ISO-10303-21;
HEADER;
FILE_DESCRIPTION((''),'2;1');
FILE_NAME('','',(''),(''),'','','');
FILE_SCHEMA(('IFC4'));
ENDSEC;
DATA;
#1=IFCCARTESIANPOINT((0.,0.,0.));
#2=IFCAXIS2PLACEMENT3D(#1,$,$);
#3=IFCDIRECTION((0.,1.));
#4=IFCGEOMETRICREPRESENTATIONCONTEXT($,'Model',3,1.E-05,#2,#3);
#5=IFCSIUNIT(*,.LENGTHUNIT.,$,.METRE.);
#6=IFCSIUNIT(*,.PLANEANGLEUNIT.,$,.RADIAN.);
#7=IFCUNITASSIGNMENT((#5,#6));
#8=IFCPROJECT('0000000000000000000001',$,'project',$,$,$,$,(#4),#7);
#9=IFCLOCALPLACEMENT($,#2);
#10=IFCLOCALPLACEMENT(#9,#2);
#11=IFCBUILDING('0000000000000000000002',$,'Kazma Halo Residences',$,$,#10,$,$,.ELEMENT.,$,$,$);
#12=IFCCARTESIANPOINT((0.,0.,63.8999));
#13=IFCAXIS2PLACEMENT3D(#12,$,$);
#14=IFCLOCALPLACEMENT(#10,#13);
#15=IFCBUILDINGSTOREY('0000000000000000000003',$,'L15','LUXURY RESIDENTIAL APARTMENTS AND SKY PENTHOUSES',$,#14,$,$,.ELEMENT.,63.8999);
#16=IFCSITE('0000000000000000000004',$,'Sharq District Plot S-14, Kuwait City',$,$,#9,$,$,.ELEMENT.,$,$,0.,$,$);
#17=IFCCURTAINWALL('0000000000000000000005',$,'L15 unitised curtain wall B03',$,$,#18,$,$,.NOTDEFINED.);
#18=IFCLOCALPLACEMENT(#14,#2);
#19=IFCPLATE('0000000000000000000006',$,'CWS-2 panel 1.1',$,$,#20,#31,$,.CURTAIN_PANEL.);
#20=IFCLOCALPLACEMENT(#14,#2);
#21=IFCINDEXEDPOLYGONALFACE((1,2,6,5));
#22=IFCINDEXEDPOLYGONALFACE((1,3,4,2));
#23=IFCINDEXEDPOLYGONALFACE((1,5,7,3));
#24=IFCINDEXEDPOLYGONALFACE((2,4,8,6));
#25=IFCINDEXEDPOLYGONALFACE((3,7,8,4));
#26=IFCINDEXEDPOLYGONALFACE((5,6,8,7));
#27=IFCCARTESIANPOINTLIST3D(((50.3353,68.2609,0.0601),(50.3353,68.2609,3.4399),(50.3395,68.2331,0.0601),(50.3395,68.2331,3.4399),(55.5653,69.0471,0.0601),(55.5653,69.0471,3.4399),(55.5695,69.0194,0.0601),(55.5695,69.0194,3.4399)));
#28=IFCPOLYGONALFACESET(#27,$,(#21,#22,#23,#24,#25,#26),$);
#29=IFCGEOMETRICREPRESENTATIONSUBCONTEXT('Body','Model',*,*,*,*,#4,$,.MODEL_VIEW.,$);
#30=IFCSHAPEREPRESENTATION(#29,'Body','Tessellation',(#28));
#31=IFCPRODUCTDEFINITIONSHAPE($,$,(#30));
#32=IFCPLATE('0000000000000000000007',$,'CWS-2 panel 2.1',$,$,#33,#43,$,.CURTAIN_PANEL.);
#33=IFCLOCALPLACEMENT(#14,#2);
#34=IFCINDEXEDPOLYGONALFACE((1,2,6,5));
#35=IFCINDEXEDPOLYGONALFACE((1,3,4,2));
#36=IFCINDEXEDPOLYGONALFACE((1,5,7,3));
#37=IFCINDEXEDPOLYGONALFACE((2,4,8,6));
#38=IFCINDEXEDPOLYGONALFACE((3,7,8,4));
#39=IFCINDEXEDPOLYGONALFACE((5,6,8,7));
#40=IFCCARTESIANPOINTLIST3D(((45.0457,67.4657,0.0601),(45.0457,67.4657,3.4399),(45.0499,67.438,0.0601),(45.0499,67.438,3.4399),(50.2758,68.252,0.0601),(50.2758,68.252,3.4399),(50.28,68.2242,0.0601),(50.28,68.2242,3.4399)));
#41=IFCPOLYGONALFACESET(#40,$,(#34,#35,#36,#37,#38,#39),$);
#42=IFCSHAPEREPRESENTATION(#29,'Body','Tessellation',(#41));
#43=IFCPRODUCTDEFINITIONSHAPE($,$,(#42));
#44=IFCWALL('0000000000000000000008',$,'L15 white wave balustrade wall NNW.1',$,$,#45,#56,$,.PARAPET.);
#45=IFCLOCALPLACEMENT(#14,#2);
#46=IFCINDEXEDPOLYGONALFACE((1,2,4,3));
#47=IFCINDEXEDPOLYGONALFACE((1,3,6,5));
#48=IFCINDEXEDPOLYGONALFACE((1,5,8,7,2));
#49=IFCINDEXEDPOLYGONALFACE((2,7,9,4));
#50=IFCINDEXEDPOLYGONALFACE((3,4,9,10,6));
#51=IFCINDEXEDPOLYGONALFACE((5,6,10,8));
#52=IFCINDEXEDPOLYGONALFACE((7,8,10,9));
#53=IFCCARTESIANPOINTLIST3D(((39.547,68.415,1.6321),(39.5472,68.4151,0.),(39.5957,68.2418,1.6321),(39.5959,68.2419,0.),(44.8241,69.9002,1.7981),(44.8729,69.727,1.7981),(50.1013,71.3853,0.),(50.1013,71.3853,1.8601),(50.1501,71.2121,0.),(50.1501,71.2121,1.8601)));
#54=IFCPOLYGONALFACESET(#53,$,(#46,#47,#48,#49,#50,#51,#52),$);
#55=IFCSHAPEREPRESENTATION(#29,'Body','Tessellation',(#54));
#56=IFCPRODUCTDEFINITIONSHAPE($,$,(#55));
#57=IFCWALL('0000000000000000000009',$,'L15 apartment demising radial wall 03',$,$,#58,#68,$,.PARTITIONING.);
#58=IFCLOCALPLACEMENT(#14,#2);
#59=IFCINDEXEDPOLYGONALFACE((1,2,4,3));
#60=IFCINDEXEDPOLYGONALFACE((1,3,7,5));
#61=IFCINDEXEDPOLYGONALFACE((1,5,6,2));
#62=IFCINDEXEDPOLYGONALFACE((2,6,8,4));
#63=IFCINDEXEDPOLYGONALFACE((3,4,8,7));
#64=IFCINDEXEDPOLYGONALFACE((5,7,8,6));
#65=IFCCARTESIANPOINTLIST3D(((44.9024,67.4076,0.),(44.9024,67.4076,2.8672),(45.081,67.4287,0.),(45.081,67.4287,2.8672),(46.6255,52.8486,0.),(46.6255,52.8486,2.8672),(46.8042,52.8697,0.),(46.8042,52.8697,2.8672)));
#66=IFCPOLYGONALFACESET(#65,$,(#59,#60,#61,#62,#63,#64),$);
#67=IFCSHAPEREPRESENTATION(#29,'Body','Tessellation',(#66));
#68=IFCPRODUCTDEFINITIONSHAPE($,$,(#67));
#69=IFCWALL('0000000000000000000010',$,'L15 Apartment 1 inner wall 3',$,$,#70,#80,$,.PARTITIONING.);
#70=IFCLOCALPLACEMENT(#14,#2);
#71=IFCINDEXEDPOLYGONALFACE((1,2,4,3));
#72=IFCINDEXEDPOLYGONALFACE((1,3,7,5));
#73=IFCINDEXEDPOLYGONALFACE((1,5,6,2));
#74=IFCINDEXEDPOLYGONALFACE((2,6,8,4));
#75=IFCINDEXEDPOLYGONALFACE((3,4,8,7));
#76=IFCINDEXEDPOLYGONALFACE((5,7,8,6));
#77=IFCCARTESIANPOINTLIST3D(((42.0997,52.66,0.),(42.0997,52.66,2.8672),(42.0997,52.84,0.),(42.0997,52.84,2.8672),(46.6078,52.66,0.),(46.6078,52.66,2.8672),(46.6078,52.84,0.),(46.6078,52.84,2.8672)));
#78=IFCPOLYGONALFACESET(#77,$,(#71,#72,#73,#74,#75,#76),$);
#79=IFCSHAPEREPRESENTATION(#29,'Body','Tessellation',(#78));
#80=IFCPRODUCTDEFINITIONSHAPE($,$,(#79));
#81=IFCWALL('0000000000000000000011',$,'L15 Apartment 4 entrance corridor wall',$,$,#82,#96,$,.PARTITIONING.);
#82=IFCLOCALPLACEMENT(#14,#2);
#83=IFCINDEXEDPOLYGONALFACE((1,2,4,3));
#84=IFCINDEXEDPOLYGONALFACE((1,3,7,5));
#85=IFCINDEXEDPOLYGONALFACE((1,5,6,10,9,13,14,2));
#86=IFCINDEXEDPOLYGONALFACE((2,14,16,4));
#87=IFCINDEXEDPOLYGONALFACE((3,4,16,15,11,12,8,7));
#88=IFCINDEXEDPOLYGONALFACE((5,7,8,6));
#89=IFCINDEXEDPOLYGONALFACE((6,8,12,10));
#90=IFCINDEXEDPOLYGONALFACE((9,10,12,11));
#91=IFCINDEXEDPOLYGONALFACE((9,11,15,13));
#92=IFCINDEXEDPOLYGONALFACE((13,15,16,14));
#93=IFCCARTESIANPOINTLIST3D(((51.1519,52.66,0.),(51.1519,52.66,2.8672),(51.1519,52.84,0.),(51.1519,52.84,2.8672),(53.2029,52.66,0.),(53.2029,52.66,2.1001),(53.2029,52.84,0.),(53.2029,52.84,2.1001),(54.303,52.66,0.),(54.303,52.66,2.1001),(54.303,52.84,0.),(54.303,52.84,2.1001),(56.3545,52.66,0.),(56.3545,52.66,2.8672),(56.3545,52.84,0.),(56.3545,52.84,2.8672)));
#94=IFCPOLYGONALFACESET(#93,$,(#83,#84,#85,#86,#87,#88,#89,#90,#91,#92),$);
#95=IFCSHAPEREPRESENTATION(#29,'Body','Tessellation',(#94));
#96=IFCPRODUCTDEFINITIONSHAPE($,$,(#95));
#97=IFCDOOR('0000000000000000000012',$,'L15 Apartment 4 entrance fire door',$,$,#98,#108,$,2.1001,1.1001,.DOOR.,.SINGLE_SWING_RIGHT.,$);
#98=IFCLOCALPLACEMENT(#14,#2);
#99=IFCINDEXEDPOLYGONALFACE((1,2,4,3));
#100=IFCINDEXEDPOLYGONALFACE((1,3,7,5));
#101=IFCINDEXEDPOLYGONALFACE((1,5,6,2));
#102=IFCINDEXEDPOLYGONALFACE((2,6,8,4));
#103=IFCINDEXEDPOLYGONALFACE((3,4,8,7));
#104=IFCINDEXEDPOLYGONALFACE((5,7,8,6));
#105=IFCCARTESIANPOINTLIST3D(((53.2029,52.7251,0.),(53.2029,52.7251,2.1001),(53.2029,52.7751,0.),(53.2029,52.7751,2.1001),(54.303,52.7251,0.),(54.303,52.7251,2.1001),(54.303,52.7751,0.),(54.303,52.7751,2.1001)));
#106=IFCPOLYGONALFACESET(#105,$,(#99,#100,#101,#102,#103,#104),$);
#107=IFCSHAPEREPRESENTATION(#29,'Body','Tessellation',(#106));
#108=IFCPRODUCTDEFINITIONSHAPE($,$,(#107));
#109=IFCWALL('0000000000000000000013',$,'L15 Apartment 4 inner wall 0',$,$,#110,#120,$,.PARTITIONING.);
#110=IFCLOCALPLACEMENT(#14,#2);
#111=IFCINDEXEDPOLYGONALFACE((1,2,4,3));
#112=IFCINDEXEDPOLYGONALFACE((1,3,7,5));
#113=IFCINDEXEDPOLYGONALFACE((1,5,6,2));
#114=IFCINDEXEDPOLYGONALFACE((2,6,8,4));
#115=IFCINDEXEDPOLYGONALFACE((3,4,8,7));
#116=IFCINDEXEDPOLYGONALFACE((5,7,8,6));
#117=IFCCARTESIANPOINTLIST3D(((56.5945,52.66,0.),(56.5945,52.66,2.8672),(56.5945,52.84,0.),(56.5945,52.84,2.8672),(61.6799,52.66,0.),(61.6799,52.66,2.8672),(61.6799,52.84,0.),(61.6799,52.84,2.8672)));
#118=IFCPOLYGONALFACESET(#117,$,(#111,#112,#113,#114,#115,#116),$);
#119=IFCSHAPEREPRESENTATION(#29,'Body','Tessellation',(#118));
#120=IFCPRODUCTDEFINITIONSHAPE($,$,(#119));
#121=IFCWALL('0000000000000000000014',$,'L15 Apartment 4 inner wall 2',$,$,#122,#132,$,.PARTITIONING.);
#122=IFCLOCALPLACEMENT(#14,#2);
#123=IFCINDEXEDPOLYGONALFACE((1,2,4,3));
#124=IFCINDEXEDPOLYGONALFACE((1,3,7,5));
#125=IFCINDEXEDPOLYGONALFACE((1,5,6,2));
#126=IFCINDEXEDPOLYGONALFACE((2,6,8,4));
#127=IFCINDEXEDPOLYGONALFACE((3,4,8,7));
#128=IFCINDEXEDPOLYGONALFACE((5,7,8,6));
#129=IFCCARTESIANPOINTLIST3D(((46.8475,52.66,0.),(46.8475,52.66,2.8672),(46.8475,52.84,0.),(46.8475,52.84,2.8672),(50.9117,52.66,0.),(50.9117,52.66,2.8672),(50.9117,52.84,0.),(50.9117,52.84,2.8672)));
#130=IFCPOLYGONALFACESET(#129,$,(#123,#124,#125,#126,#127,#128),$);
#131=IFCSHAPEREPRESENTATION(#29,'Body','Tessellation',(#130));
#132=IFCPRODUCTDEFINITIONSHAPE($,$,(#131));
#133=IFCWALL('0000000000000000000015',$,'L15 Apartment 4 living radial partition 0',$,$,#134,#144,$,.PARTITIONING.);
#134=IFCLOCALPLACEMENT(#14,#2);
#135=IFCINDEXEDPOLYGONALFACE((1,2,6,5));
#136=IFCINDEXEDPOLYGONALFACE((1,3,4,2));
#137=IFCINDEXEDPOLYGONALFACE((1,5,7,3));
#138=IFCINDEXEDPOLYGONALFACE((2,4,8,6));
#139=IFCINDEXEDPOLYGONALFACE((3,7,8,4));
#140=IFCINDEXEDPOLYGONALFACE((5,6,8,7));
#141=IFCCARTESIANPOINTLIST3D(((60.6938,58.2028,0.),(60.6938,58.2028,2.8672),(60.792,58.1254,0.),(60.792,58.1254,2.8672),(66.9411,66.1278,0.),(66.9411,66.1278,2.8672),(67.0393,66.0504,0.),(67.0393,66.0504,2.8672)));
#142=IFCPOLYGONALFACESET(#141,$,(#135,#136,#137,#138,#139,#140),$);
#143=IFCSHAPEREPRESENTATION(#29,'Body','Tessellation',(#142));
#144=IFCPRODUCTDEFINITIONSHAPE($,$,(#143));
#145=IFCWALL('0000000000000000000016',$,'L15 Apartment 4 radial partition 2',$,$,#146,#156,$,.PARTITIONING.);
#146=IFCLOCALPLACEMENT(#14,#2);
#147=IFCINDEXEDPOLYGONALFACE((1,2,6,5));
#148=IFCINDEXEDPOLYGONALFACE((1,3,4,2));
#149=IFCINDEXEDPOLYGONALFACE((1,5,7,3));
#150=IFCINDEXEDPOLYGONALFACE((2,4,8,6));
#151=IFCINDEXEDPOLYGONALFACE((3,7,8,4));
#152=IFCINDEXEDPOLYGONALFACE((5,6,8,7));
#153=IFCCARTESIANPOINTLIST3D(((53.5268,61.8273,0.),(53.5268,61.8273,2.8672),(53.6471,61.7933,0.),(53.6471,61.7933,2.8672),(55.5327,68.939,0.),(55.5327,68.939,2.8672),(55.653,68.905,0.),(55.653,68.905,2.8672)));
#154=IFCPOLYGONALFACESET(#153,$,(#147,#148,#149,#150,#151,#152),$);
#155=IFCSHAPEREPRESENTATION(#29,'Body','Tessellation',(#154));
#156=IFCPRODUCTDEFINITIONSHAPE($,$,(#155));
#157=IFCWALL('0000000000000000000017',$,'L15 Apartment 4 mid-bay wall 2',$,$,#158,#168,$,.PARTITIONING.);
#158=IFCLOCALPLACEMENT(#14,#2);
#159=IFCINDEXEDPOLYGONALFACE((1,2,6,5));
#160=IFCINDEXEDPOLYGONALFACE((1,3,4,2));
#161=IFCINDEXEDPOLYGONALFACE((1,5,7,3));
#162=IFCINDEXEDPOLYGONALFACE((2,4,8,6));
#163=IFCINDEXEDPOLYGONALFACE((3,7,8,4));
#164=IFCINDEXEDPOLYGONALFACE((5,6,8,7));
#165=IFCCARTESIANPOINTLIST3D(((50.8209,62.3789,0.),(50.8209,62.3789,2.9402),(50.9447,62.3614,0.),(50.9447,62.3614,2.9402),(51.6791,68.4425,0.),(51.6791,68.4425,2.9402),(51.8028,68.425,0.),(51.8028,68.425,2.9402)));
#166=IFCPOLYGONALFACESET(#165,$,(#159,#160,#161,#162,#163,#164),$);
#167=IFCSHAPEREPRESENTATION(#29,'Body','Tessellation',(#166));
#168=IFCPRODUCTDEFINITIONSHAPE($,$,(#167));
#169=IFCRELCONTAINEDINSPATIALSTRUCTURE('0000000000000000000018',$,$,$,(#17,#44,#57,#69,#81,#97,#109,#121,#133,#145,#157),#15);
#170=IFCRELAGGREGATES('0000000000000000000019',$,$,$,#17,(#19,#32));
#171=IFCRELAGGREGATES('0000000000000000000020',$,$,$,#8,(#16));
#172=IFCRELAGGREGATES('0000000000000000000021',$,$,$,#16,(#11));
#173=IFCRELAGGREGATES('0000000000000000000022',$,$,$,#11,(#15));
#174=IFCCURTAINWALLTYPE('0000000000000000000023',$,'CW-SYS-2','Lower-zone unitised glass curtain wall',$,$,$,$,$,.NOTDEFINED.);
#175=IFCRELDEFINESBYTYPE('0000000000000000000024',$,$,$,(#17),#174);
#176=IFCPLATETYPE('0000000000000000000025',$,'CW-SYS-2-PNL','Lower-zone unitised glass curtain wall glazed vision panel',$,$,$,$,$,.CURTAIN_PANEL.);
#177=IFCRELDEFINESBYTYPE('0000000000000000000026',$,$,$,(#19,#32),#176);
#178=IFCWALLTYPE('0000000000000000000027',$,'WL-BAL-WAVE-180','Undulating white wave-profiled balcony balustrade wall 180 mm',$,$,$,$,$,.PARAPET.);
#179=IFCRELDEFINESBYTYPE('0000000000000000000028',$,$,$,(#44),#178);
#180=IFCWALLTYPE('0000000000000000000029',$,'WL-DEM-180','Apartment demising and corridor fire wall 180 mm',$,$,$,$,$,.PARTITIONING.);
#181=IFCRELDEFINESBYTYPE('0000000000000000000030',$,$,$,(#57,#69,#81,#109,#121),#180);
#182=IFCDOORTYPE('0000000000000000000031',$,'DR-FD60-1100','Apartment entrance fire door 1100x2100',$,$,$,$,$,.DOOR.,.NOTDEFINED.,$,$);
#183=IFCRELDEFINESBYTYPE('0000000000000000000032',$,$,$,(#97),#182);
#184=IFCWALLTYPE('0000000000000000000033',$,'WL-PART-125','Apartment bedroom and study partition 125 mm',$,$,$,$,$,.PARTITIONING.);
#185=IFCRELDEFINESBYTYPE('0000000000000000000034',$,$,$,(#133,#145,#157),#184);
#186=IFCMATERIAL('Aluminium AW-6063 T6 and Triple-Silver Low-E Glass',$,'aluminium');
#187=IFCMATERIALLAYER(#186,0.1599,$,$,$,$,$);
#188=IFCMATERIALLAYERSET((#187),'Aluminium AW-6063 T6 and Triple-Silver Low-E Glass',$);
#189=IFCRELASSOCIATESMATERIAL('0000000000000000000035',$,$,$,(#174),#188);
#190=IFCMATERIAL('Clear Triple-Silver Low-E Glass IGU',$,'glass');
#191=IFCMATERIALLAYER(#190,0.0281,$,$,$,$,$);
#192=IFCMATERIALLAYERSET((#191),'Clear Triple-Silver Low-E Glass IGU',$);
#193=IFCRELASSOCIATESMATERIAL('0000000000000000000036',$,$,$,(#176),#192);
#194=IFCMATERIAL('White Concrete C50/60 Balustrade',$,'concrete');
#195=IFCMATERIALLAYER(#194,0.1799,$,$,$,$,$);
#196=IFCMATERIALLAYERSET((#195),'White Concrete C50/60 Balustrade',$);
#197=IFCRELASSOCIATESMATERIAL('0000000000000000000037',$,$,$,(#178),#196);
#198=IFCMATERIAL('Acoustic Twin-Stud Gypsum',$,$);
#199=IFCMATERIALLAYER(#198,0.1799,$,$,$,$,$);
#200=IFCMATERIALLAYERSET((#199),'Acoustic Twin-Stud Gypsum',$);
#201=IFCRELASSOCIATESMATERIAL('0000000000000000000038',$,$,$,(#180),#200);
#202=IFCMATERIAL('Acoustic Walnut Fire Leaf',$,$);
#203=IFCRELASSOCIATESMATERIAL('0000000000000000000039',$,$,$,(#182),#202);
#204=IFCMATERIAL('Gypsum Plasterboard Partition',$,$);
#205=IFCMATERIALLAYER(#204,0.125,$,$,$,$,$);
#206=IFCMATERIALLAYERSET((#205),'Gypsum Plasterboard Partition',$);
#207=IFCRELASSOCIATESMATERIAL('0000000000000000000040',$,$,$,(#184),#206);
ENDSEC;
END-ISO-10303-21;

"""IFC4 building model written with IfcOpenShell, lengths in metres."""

from ifc_helpers import new_model, si_unit, direction, frame, frame_2d, origin, origin_2d, place, context, subcontext, project, spatial, polyline, rectangle, outline, extrude, material, layer, layer_set, type_object, element, fill, aggregate, save


model = new_model("IFC4")

# Units and contexts
model_context = context("Model", 3, precision=1e-05, world=origin(), true_north=direction((0.0, 1.0)))
body_context = subcontext(model_context, "Body", "Model", "MODEL_VIEW")
ifc_project = project(units=[si_unit("LENGTHUNIT", "METRE"), si_unit("PLANEANGLEUNIT", "RADIAN")], contexts=[model_context])

# Site, building, storey
site_placement = place(None, origin())
site = spatial("IfcSite", under=ifc_project, at=site_placement, Name="Sharq District Plot S-14, Kuwait City", CompositionType="ELEMENT", RefElevation=0.0)
building_placement = place(site_placement, origin())
building = spatial("IfcBuilding", under=site, at=building_placement, Name="Kazma Halo Residences", CompositionType="ELEMENT")
storey_placement = place(building_placement, frame((0.0, 0.0, 63.8999)))
storey = spatial("IfcBuildingStorey", under=building, at=storey_placement, Name="L15", Description="LUXURY RESIDENTIAL APARTMENTS AND SKY PENTHOUSES", CompositionType="ELEMENT", Elevation=63.8999)

# Curtain wall, plates
ifc_material_1 = material(Name="Aluminium AW-6063 T6 and Triple-Silver Low-E Glass", Category="aluminium")
ifc_layer_1 = layer(ifc_material_1, 0.1599)
ifc_layer_set_1 = layer_set([ifc_layer_1], Name="Aluminium AW-6063 T6 and Triple-Silver Low-E Glass")
curtain_wall_type = type_object("IfcCurtainWallType", Name="CW-SYS-2", Description="Lower-zone unitised glass curtain wall", PredefinedType="NOTDEFINED", material=ifc_layer_set_1)
curtain_wall_placement = place(storey_placement, origin())
curtain_wall = element("IfcCurtainWall", 1, at=curtain_wall_placement, inside=storey, type_object=curtain_wall_type, Name="L15 unitised curtain wall B03", PredefinedType="NOTDEFINED")
ifc_material_2 = material(Name="Clear Triple-Silver Low-E Glass IGU", Category="glass")
ifc_layer_2 = layer(ifc_material_2, 0.0281)
ifc_layer_set_2 = layer_set([ifc_layer_2], Name="Clear Triple-Silver Low-E Glass IGU")
plate_type = type_object("IfcPlateType", Name="CW-SYS-2-PNL", Description="Lower-zone unitised glass curtain wall glazed vision panel", PredefinedType="CURTAIN_PANEL", material=ifc_layer_set_2)
plate_1_placement = place(storey_placement, frame((52.9524, 68.6401, 0.0601), z_axis=(0.0, 0.0, 1.0), x_axis=(-0.988889, -0.148657, 0.0)))
plate_1 = element("IfcPlate", 2, at=plate_1_placement, type_object=plate_type, Name="CWS-2 panel 1.1", PredefinedType="CURTAIN_PANEL", context=body_context, shape_type="SweptSolid", body=[
    extrude(rectangle(XDim=5.2888, YDim=0.0281, at=origin_2d()), origin(), (0.0, 0.0, 1.0), 3.3799),
])
plate_2_placement = place(storey_placement, frame((47.6628, 67.845, 0.0601), z_axis=(0.0, 0.0, 1.0), x_axis=(-0.988889, -0.148657, 0.0)))
plate_2 = element("IfcPlate", 3, at=plate_2_placement, type_object=plate_type, Name="CWS-2 panel 2.1", PredefinedType="CURTAIN_PANEL", context=body_context, shape_type="SweptSolid", body=[
    extrude(rectangle(XDim=5.2888, YDim=0.0281, at=origin_2d()), origin(), (0.0, 0.0, 1.0), 3.3799),
])
aggregate(curtain_wall, [plate_1, plate_2])

# Walls
ifc_material_3 = material(Name="White Concrete C50/60 Balustrade", Category="concrete")
ifc_layer_3 = layer(ifc_material_3, 0.1799)
ifc_layer_set_3 = layer_set([ifc_layer_3], Name="White Concrete C50/60 Balustrade")
wall_type_1 = type_object("IfcWallType", Name="WL-BAL-WAVE-180", Description="Undulating white wave-profiled balcony balustrade wall 180 mm", PredefinedType="PARAPET", material=ifc_layer_set_3)
wall_1_placement = place(storey_placement, frame((50.1257, 71.2986, 0.0), z_axis=(0.0, 0.0, 1.0), x_axis=(-0.962607, -0.270902, 0.0)))
element("IfcWall", 4, at=wall_1_placement, inside=storey, type_object=wall_type_1, Name="L15 white wave balustrade wall NNW.1", PredefinedType="PARAPET", context=body_context, shape_type="SweptSolid", body=[
    extrude(outline(polyline([(0.0, 0.0), (10.9641, 0.0), (10.9644, 1.6321), (5.4822, 1.7981), (0.0, 1.8601), (0.0, 0.0)])), frame((0.0, 0.0898, 0.0), z_axis=(0.0, -1.0, 0.0), x_axis=(1.0, 0.0, 0.0)), (0.0, 0.0, 1.0), 0.1799),
])
ifc_material_4 = material(Name="Acoustic Twin-Stud Gypsum")
ifc_layer_4 = layer(ifc_material_4, 0.1799)
ifc_layer_set_4 = layer_set([ifc_layer_4], Name="Acoustic Twin-Stud Gypsum")
wall_type_2 = type_object("IfcWallType", Name="WL-DEM-180", Description="Apartment demising and corridor fire wall 180 mm", PredefinedType="PARTITIONING", material=ifc_layer_set_4)
wall_2_placement = place(storey_placement, frame((46.7148, 52.8591, 0.0), z_axis=(0.0, 0.0, 1.0), x_axis=(-0.117535, 0.993069, 0.0)))
element("IfcWall", 5, at=wall_2_placement, inside=storey, type_object=wall_type_2, Name="L15 apartment demising radial wall 03", PredefinedType="PARTITIONING", context=body_context, shape_type="SweptSolid", body=[
    extrude(rectangle(XDim=14.6606, YDim=0.1799, at=frame_2d((7.3303, 0.0))), origin(), (0.0, 0.0, 1.0), 2.8672),
])
wall_3_placement = place(storey_placement, frame((46.6077, 52.75, 0.0), z_axis=(0.0, 0.0, 1.0), x_axis=(-1.0, 0.0, 0.0)))
element("IfcWall", 6, at=wall_3_placement, inside=storey, type_object=wall_type_2, Name="L15 Apartment 1 inner wall 3", PredefinedType="PARTITIONING", context=body_context, shape_type="SweptSolid", body=[
    extrude(rectangle(XDim=4.5081, YDim=0.1799, at=frame_2d((2.2539, 0.0))), origin(), (0.0, 0.0, 1.0), 2.8672),
])

# Wall, opening, door
wall_4_placement = place(storey_placement, frame((56.3545, 52.75, 0.0), z_axis=(0.0, 0.0, 1.0), x_axis=(-1.0, 0.0, 0.0)))
wall_4 = element("IfcWall", 7, at=wall_4_placement, inside=storey, type_object=wall_type_2, Name="L15 Apartment 4 entrance corridor wall", PredefinedType="PARTITIONING", context=body_context, shape_type="SweptSolid", body=[
    extrude(rectangle(XDim=5.2026, YDim=0.1799, at=frame_2d((2.6013, 0.0))), origin(), (0.0, 0.0, 1.0), 2.8672),
])
opening_1_placement = place(wall_4_placement, frame((2.0515, 0.0, 0.0)))
opening_1 = element("IfcOpeningElement", 8, at=opening_1_placement, cuts=wall_4, PredefinedType="OPENING", context=body_context, shape_type="SweptSolid", body=[
    extrude(rectangle(XDim=1.1001, YDim=2.1001, at=frame_2d((0.55, 1.05))), frame((0.0, 0.0999, 0.0), z_axis=(0.0, -1.0, 0.0), x_axis=(1.0, 0.0, 0.0)), (0.0, 0.0, 1.0), 0.2),
])
ifc_material_5 = material(Name="Acoustic Walnut Fire Leaf")
door_type_1 = type_object("IfcDoorType", Name="DR-FD60-1100", Description="Apartment entrance fire door 1100x2100", OperationType="NOTDEFINED", PredefinedType="DOOR", material=ifc_material_5)
door_1_placement = place(opening_1_placement, origin())
door_1 = element("IfcDoor", 9, at=door_1_placement, inside=storey, type_object=door_type_1, Name="L15 Apartment 4 entrance fire door", OperationType="SINGLE_SWING_RIGHT", OverallHeight=2.1001, OverallWidth=1.1001, PredefinedType="DOOR", context=body_context, shape_type="SweptSolid", body=[
    extrude(rectangle(XDim=1.1001, YDim=2.1001, at=frame_2d((0.55, 1.05))), frame((0.0, 0.0249, 0.0), z_axis=(0.0, -1.0, 0.0), x_axis=(1.0, 0.0, 0.0)), (0.0, 0.0, 1.0), 0.05),
])
fill(opening_1, door_1)

# Walls
wall_5_placement = place(storey_placement, frame((61.6799, 52.75, 0.0), z_axis=(0.0, 0.0, 1.0), x_axis=(-1.0, 0.0, 0.0)))
element("IfcWall", 10, at=wall_5_placement, inside=storey, type_object=wall_type_2, Name="L15 Apartment 4 inner wall 0", PredefinedType="PARTITIONING", context=body_context, shape_type="SweptSolid", body=[
    extrude(rectangle(XDim=5.0854, YDim=0.1799, at=frame_2d((2.5427, 0.0))), origin(), (0.0, 0.0, 1.0), 2.8672),
])
wall_6_placement = place(storey_placement, frame((50.9119, 52.75, 0.0), z_axis=(0.0, 0.0, 1.0), x_axis=(-1.0, 0.0, 0.0)))
element("IfcWall", 11, at=wall_6_placement, inside=storey, type_object=wall_type_2, Name="L15 Apartment 4 inner wall 2", PredefinedType="PARTITIONING", context=body_context, shape_type="SweptSolid", body=[
    extrude(rectangle(XDim=4.0642, YDim=0.1799, at=frame_2d((2.0322, 0.0))), origin(), (0.0, 0.0, 1.0), 2.8672),
])
ifc_material_6 = material(Name="Gypsum Plasterboard Partition")
ifc_layer_5 = layer(ifc_material_6, 0.125)
ifc_layer_set_5 = layer_set([ifc_layer_5], Name="Gypsum Plasterboard Partition")
wall_type_3 = type_object("IfcWallType", Name="WL-PART-125", Description="Apartment bedroom and study partition 125 mm", PredefinedType="PARTITIONING", material=ifc_layer_set_5)
wall_7_placement = place(storey_placement, frame((60.7429, 58.1641, 0.0), z_axis=(0.0, 0.0, 1.0), x_axis=(0.619076, 0.785331, 0.0)))
element("IfcWall", 12, at=wall_7_placement, inside=storey, type_object=wall_type_3, Name="L15 Apartment 4 living radial partition 0", PredefinedType="PARTITIONING", context=body_context, shape_type="SweptSolid", body=[
    extrude(rectangle(XDim=10.0913, YDim=0.125, at=frame_2d((5.0457, 0.0))), origin(), (0.0, 0.0, 1.0), 2.8672),
])
wall_8_placement = place(storey_placement, frame((53.5869, 61.8103, 0.0), z_axis=(0.0, 0.0, 1.0), x_axis=(0.271464, 0.962449, 0.0)))
element("IfcWall", 13, at=wall_8_placement, inside=storey, type_object=wall_type_3, Name="L15 Apartment 4 radial partition 2", PredefinedType="PARTITIONING", context=body_context, shape_type="SweptSolid", body=[
    extrude(rectangle(XDim=7.3892, YDim=0.125, at=frame_2d((3.6946, 0.0))), origin(), (0.0, 0.0, 1.0), 2.8672),
])
wall_9_placement = place(storey_placement, frame((50.8828, 62.3701, 0.0), z_axis=(0.0, 0.0, 1.0), x_axis=(0.140126, 0.990134, 0.0)))
element("IfcWall", 14, at=wall_9_placement, inside=storey, type_object=wall_type_3, Name="L15 Apartment 4 mid-bay wall 2", PredefinedType="PARTITIONING", context=body_context, shape_type="SweptSolid", body=[
    extrude(rectangle(XDim=6.124, YDim=0.125, at=frame_2d((3.062, 0.0))), origin(), (0.0, 0.0, 1.0), 2.9402),
])

save(model, "model.ifc")
